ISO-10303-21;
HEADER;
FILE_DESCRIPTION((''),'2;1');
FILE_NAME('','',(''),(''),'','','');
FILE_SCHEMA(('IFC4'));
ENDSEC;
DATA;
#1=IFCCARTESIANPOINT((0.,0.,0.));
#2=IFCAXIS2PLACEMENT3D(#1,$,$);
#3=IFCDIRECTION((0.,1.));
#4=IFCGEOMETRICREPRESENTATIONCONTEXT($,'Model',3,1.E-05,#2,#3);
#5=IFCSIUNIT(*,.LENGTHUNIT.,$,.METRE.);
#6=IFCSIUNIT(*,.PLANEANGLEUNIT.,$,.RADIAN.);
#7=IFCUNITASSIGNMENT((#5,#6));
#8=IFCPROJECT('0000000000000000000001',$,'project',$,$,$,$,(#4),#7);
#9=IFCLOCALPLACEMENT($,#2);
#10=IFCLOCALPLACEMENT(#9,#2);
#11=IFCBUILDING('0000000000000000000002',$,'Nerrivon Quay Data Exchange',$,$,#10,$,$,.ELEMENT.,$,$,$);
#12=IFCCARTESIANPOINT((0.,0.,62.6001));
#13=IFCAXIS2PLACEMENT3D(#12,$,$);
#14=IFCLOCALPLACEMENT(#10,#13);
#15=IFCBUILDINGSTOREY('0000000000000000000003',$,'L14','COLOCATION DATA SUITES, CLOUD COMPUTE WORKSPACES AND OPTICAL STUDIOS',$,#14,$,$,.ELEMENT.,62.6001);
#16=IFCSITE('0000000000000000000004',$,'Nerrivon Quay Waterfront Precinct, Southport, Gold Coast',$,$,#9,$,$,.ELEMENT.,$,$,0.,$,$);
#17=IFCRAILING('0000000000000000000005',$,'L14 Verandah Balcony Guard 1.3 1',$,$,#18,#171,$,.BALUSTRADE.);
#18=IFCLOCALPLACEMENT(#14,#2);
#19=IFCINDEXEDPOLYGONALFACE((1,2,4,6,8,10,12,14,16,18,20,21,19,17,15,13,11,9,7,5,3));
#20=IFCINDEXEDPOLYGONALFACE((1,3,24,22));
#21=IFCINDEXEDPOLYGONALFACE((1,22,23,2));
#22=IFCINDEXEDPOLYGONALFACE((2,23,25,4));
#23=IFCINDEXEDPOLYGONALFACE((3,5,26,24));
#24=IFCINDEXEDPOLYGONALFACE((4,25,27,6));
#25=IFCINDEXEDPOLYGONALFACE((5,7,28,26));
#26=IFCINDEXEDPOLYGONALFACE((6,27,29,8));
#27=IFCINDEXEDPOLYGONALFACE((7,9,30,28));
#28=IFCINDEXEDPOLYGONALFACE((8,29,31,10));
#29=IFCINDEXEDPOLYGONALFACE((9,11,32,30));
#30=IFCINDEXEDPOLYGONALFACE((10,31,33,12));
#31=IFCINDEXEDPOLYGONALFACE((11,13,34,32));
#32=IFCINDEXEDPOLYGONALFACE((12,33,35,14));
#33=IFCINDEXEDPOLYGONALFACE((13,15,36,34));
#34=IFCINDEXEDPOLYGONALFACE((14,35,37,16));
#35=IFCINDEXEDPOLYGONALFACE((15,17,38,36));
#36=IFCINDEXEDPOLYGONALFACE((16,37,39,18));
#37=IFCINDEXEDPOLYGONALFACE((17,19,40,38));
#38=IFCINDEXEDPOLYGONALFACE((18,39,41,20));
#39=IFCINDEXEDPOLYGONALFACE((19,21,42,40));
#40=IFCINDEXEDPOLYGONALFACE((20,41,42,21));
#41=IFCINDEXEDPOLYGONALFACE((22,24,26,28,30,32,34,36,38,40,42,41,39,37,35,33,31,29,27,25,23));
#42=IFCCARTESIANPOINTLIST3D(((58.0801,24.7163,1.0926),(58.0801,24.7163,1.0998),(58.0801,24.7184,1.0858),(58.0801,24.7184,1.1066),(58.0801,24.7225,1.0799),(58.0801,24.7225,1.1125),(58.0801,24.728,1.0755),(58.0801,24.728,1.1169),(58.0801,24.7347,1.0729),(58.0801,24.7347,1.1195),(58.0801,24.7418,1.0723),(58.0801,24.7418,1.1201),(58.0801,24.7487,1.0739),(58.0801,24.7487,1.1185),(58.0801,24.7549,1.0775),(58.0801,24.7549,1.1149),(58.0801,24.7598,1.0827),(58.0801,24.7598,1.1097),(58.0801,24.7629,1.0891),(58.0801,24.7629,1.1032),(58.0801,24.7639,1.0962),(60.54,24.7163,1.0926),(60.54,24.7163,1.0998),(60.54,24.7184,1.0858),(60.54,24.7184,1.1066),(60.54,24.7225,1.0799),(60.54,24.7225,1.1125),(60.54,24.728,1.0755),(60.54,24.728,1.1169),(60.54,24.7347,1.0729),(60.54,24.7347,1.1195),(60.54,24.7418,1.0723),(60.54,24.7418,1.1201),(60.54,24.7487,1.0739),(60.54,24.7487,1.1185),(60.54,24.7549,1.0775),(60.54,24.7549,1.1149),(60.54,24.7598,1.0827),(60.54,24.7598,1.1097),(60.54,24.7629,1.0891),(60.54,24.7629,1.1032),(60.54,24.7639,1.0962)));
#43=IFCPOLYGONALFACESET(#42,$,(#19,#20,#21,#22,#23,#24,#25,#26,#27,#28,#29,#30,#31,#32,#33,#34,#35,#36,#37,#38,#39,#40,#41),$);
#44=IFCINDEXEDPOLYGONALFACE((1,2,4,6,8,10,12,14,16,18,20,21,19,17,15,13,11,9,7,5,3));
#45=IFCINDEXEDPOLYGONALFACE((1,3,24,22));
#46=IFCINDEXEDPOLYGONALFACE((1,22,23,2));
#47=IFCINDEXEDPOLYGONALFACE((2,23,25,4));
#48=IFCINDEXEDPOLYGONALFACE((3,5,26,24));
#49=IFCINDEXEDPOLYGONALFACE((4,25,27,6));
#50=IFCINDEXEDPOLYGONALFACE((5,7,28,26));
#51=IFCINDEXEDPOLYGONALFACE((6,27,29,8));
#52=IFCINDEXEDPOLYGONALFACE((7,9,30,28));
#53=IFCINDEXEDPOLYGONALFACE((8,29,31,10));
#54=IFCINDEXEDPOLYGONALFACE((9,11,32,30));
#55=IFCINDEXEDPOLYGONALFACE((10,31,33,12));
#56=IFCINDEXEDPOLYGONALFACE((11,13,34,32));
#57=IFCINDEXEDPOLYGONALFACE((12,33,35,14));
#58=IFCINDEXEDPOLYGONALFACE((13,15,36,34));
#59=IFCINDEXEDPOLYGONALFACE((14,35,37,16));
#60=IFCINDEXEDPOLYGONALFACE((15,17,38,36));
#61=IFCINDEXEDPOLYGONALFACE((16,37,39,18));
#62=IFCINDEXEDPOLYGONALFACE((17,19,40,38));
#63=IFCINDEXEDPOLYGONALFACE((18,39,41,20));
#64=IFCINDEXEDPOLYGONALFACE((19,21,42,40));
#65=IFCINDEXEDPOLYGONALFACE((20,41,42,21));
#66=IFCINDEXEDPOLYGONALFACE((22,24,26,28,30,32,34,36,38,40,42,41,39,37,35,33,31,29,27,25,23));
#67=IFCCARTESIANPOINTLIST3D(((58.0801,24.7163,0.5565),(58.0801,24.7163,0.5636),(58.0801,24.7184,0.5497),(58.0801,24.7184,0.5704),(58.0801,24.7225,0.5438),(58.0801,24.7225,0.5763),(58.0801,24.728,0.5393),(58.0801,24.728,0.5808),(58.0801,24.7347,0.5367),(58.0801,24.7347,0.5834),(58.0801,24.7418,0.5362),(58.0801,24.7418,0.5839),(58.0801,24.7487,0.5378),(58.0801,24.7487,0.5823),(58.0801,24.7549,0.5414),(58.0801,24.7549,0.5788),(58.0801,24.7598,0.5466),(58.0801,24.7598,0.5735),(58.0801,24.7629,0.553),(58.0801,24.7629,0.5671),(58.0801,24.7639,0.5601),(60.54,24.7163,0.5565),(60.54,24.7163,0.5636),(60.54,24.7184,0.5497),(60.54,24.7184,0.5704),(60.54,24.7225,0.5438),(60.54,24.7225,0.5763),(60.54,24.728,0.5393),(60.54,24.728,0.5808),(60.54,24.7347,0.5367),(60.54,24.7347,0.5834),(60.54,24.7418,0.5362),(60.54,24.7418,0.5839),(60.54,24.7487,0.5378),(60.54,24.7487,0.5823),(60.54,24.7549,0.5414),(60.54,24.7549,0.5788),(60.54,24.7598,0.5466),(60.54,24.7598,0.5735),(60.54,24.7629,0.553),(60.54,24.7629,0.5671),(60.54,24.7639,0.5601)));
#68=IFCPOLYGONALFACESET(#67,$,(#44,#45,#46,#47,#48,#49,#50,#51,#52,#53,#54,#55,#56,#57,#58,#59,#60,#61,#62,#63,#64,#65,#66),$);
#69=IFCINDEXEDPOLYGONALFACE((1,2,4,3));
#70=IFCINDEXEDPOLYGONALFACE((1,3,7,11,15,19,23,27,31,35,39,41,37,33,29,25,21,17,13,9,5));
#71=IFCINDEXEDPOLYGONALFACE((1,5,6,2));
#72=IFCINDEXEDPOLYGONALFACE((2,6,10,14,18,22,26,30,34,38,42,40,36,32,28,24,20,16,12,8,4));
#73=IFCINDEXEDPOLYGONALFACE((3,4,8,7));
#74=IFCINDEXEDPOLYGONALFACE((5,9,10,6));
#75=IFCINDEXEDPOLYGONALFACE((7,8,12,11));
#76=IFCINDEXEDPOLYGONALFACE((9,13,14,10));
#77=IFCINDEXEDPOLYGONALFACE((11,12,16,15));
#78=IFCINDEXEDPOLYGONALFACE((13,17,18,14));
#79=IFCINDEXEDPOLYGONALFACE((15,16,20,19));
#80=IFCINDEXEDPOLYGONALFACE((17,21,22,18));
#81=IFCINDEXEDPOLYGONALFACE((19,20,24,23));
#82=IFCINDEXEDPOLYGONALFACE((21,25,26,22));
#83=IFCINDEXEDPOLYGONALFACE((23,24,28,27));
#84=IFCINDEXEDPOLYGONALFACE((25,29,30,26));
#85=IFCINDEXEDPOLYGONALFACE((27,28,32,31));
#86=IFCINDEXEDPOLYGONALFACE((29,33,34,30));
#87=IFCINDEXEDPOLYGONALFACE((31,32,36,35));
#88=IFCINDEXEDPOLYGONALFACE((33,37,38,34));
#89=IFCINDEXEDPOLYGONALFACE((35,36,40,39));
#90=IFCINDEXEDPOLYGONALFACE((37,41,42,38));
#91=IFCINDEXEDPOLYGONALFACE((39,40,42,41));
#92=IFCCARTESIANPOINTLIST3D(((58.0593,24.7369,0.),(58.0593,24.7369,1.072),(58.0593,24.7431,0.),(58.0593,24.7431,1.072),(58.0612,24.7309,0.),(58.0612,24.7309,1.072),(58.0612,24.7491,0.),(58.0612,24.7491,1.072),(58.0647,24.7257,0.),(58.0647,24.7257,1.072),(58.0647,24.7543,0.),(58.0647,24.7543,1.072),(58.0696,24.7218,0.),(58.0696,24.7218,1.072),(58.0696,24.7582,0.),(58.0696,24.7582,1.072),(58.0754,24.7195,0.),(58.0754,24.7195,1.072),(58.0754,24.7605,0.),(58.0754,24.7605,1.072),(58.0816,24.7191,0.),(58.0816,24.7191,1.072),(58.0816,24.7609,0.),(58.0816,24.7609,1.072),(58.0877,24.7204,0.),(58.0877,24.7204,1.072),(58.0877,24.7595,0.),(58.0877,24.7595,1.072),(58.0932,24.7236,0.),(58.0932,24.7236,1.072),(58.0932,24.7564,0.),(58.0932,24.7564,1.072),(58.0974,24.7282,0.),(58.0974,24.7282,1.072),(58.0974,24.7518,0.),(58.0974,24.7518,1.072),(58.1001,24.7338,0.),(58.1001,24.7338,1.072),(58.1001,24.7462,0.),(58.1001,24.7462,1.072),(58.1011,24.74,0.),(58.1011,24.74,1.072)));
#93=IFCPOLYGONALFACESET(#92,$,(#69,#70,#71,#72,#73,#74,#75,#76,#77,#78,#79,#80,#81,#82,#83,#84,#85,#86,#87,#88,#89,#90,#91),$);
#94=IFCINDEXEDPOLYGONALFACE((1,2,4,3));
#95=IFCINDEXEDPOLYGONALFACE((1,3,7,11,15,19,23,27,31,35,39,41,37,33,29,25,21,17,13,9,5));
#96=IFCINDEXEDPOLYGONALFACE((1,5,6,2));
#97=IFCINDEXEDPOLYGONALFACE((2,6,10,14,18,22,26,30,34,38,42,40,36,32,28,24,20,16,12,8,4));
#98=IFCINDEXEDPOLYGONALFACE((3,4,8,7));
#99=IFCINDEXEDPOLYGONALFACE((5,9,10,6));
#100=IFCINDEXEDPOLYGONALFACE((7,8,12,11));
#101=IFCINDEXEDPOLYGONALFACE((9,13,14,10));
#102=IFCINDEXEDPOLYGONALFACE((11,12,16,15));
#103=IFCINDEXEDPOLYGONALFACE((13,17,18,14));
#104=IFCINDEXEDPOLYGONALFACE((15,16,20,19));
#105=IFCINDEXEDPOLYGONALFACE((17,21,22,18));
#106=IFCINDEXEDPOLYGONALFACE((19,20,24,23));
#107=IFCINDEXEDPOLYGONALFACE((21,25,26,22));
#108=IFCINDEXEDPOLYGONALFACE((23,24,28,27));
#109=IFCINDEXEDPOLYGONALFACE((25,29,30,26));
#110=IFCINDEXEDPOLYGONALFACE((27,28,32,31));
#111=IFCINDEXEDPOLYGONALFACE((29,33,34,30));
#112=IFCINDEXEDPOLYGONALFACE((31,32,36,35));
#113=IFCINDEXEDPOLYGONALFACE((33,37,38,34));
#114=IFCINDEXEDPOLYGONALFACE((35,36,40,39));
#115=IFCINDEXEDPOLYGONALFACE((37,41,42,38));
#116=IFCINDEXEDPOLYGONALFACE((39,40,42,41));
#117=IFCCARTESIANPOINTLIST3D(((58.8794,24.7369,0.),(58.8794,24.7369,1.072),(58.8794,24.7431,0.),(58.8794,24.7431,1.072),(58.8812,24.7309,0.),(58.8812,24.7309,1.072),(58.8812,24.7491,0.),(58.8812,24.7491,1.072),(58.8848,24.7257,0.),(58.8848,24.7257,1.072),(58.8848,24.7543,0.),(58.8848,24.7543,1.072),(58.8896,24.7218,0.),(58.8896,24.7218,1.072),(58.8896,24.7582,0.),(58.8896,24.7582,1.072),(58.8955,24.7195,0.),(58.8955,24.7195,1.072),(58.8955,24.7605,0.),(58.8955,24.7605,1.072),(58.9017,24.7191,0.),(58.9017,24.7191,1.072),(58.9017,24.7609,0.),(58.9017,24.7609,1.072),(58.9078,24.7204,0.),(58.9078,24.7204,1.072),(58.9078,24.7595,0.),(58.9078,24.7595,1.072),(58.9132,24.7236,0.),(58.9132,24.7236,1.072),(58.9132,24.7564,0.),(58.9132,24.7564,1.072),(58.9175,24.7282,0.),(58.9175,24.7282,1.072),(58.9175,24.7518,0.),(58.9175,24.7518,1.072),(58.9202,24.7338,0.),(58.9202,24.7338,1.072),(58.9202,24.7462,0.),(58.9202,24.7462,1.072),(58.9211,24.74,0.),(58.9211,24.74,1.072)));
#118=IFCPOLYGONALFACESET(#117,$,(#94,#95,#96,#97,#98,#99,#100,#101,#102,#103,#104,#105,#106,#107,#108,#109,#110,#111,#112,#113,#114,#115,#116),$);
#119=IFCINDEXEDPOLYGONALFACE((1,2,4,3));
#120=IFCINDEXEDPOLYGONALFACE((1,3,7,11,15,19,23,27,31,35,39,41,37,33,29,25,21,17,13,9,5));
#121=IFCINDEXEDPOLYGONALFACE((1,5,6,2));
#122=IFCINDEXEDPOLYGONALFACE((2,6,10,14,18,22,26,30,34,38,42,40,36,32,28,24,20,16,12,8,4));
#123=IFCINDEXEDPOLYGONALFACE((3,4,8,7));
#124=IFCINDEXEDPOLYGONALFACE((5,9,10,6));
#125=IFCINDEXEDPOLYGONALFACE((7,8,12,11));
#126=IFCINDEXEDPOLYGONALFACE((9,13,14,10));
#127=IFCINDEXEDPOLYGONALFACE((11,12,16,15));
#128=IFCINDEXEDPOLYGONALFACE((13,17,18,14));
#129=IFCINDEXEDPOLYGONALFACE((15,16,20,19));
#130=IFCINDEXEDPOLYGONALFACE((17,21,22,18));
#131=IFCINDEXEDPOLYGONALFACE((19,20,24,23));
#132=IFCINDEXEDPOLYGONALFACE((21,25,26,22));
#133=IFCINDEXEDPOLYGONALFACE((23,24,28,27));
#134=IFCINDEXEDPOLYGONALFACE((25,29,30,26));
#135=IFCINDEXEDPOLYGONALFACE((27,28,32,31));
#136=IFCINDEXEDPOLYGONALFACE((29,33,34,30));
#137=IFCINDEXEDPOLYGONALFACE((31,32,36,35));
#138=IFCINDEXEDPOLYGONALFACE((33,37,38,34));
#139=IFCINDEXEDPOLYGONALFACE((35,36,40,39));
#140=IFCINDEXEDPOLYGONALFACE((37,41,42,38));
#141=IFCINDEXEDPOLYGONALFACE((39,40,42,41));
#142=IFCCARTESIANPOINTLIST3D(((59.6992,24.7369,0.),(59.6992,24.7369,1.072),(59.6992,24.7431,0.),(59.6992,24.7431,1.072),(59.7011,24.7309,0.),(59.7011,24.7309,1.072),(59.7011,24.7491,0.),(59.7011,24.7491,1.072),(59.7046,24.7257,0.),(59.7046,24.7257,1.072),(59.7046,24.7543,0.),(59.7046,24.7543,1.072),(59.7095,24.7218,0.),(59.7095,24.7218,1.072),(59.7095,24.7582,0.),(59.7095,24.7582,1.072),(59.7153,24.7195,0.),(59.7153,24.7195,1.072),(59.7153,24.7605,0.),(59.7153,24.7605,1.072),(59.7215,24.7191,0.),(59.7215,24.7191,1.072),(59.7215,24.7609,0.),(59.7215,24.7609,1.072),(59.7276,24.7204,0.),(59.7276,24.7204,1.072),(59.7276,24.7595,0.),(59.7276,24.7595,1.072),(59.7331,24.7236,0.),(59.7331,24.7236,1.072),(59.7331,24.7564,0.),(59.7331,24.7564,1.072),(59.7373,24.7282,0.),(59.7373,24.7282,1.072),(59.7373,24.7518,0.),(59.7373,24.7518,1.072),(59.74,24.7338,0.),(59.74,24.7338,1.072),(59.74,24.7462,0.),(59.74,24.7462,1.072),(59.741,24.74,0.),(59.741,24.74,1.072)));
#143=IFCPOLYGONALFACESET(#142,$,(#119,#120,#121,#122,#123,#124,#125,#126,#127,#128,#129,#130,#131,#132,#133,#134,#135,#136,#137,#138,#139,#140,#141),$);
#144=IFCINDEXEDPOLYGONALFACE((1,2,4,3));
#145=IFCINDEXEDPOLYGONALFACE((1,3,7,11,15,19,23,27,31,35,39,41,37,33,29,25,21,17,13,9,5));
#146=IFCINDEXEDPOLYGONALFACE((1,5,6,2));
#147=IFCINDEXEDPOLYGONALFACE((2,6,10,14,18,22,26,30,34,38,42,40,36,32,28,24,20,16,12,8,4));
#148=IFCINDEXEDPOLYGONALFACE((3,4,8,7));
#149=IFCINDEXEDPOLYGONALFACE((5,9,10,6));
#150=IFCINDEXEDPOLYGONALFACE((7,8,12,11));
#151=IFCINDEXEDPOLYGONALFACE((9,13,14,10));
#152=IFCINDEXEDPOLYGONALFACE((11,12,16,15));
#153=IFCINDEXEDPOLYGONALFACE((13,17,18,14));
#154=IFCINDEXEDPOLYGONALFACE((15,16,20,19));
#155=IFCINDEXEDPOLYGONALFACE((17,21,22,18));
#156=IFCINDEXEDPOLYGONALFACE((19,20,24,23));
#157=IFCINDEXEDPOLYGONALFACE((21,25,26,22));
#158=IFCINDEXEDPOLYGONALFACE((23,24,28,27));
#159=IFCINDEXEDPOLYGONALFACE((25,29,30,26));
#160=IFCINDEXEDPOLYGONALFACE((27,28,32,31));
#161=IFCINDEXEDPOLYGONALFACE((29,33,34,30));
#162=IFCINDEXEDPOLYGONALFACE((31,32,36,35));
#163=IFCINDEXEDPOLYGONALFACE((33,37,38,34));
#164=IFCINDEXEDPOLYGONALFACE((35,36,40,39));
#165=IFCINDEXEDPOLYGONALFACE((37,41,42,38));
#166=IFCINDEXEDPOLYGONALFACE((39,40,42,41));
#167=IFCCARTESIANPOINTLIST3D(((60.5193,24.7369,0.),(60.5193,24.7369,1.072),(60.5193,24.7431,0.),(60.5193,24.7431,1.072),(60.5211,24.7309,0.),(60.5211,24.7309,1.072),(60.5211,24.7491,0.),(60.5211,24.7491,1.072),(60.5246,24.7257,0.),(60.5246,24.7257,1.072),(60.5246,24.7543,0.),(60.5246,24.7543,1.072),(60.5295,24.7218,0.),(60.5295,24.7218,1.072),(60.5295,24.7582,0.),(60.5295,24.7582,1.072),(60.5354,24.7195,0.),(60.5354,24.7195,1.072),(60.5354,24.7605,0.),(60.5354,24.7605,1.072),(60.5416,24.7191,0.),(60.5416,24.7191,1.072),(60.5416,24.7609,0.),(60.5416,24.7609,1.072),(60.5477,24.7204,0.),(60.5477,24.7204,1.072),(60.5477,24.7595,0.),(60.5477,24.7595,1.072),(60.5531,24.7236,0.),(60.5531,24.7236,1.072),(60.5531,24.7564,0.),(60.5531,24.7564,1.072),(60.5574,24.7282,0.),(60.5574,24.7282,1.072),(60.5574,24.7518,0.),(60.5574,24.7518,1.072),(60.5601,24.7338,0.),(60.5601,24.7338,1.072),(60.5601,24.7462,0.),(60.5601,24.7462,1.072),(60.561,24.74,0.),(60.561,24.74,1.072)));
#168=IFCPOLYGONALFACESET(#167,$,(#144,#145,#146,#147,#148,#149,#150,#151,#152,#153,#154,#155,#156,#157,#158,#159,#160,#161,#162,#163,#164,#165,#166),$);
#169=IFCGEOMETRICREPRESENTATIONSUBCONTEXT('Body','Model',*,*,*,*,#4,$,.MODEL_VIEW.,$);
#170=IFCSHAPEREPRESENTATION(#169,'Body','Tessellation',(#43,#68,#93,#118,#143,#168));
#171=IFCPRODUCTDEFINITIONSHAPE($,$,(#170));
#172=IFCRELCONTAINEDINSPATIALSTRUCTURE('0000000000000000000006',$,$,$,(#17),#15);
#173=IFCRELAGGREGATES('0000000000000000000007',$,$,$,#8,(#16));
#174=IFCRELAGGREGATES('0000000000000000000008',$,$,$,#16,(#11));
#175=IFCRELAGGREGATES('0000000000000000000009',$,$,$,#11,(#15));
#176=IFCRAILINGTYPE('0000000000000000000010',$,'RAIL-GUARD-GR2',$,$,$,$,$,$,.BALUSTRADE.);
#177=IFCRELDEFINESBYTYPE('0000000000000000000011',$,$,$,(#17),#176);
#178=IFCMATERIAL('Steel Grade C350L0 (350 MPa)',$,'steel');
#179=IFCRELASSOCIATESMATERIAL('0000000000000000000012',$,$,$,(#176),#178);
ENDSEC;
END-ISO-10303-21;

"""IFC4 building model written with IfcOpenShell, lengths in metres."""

from ifc_helpers import new_model, si_unit, direction, frame, origin, origin_2d, place, context, subcontext, project, spatial, circle, extrude, material, type_object, element, save


model = new_model("IFC4")

# Units and contexts
model_context = context("Model", 3, precision=1e-05, world=origin(), true_north=direction((0.0, 1.0)))
body_context = subcontext(model_context, "Body", "Model", "MODEL_VIEW")
ifc_project = project(units=[si_unit("LENGTHUNIT", "METRE"), si_unit("PLANEANGLEUNIT", "RADIAN")], contexts=[model_context])

# Site, building, storey
site_placement = place(None, origin())
site = spatial("IfcSite", under=ifc_project, at=site_placement, Name="Nerrivon Quay Waterfront Precinct, Southport, Gold Coast", CompositionType="ELEMENT", RefElevation=0.0)
building_placement = place(site_placement, origin())
building = spatial("IfcBuilding", under=site, at=building_placement, Name="Nerrivon Quay Data Exchange", CompositionType="ELEMENT")
storey_placement = place(building_placement, frame((0.0, 0.0, 62.6001)))
storey = spatial("IfcBuildingStorey", under=building, at=storey_placement, Name="L14", Description="COLOCATION DATA SUITES, CLOUD COMPUTE WORKSPACES AND OPTICAL STUDIOS", CompositionType="ELEMENT", Elevation=62.6001)

# Shared definitions
ifc_material_1 = material(Name="Steel Grade C350L0 (350 MPa)", Category="steel")

# Railing
railing_type = type_object("IfcRailingType", Name="RAIL-GUARD-GR2", PredefinedType="BALUSTRADE", material=ifc_material_1)
railing_1_placement = place(storey_placement, frame((58.0801, 24.74, 0.0)))
element("IfcRailing", 1, at=railing_1_placement, inside=storey, type_object=railing_type, Name="L14 Verandah Balcony Guard 1.3 1", PredefinedType="BALUSTRADE", context=body_context, shape_type="SweptSolid", body=[
    extrude(circle(Radius=0.0239, at=origin_2d()), frame((0.0, 0.0, 1.0962), z_axis=(1.0, 0.0, 0.0), x_axis=(0.0, 1.0, 0.0)), (0.0, 0.0, 1.0), 2.46),
    extrude(circle(Radius=0.0239, at=origin_2d()), frame((0.0, 0.0, 0.5601), z_axis=(1.0, 0.0, 0.0), x_axis=(0.0, 1.0, 0.0)), (0.0, 0.0, 1.0), 2.46),
    extrude(circle(Radius=0.021, at=origin_2d()), origin(), (0.0, 0.0, 1.0), 1.072),
    extrude(circle(Radius=0.021, at=origin_2d()), frame((0.8201, 0.0, 0.0)), (0.0, 0.0, 1.0), 1.072),
    extrude(circle(Radius=0.021, at=origin_2d()), frame((1.6399, 0.0, 0.0)), (0.0, 0.0, 1.0), 1.072),
    extrude(circle(Radius=0.021, at=origin_2d()), frame((2.46, 0.0, 0.0)), (0.0, 0.0, 1.0), 1.072),
])

save(model, "model.ifc")
